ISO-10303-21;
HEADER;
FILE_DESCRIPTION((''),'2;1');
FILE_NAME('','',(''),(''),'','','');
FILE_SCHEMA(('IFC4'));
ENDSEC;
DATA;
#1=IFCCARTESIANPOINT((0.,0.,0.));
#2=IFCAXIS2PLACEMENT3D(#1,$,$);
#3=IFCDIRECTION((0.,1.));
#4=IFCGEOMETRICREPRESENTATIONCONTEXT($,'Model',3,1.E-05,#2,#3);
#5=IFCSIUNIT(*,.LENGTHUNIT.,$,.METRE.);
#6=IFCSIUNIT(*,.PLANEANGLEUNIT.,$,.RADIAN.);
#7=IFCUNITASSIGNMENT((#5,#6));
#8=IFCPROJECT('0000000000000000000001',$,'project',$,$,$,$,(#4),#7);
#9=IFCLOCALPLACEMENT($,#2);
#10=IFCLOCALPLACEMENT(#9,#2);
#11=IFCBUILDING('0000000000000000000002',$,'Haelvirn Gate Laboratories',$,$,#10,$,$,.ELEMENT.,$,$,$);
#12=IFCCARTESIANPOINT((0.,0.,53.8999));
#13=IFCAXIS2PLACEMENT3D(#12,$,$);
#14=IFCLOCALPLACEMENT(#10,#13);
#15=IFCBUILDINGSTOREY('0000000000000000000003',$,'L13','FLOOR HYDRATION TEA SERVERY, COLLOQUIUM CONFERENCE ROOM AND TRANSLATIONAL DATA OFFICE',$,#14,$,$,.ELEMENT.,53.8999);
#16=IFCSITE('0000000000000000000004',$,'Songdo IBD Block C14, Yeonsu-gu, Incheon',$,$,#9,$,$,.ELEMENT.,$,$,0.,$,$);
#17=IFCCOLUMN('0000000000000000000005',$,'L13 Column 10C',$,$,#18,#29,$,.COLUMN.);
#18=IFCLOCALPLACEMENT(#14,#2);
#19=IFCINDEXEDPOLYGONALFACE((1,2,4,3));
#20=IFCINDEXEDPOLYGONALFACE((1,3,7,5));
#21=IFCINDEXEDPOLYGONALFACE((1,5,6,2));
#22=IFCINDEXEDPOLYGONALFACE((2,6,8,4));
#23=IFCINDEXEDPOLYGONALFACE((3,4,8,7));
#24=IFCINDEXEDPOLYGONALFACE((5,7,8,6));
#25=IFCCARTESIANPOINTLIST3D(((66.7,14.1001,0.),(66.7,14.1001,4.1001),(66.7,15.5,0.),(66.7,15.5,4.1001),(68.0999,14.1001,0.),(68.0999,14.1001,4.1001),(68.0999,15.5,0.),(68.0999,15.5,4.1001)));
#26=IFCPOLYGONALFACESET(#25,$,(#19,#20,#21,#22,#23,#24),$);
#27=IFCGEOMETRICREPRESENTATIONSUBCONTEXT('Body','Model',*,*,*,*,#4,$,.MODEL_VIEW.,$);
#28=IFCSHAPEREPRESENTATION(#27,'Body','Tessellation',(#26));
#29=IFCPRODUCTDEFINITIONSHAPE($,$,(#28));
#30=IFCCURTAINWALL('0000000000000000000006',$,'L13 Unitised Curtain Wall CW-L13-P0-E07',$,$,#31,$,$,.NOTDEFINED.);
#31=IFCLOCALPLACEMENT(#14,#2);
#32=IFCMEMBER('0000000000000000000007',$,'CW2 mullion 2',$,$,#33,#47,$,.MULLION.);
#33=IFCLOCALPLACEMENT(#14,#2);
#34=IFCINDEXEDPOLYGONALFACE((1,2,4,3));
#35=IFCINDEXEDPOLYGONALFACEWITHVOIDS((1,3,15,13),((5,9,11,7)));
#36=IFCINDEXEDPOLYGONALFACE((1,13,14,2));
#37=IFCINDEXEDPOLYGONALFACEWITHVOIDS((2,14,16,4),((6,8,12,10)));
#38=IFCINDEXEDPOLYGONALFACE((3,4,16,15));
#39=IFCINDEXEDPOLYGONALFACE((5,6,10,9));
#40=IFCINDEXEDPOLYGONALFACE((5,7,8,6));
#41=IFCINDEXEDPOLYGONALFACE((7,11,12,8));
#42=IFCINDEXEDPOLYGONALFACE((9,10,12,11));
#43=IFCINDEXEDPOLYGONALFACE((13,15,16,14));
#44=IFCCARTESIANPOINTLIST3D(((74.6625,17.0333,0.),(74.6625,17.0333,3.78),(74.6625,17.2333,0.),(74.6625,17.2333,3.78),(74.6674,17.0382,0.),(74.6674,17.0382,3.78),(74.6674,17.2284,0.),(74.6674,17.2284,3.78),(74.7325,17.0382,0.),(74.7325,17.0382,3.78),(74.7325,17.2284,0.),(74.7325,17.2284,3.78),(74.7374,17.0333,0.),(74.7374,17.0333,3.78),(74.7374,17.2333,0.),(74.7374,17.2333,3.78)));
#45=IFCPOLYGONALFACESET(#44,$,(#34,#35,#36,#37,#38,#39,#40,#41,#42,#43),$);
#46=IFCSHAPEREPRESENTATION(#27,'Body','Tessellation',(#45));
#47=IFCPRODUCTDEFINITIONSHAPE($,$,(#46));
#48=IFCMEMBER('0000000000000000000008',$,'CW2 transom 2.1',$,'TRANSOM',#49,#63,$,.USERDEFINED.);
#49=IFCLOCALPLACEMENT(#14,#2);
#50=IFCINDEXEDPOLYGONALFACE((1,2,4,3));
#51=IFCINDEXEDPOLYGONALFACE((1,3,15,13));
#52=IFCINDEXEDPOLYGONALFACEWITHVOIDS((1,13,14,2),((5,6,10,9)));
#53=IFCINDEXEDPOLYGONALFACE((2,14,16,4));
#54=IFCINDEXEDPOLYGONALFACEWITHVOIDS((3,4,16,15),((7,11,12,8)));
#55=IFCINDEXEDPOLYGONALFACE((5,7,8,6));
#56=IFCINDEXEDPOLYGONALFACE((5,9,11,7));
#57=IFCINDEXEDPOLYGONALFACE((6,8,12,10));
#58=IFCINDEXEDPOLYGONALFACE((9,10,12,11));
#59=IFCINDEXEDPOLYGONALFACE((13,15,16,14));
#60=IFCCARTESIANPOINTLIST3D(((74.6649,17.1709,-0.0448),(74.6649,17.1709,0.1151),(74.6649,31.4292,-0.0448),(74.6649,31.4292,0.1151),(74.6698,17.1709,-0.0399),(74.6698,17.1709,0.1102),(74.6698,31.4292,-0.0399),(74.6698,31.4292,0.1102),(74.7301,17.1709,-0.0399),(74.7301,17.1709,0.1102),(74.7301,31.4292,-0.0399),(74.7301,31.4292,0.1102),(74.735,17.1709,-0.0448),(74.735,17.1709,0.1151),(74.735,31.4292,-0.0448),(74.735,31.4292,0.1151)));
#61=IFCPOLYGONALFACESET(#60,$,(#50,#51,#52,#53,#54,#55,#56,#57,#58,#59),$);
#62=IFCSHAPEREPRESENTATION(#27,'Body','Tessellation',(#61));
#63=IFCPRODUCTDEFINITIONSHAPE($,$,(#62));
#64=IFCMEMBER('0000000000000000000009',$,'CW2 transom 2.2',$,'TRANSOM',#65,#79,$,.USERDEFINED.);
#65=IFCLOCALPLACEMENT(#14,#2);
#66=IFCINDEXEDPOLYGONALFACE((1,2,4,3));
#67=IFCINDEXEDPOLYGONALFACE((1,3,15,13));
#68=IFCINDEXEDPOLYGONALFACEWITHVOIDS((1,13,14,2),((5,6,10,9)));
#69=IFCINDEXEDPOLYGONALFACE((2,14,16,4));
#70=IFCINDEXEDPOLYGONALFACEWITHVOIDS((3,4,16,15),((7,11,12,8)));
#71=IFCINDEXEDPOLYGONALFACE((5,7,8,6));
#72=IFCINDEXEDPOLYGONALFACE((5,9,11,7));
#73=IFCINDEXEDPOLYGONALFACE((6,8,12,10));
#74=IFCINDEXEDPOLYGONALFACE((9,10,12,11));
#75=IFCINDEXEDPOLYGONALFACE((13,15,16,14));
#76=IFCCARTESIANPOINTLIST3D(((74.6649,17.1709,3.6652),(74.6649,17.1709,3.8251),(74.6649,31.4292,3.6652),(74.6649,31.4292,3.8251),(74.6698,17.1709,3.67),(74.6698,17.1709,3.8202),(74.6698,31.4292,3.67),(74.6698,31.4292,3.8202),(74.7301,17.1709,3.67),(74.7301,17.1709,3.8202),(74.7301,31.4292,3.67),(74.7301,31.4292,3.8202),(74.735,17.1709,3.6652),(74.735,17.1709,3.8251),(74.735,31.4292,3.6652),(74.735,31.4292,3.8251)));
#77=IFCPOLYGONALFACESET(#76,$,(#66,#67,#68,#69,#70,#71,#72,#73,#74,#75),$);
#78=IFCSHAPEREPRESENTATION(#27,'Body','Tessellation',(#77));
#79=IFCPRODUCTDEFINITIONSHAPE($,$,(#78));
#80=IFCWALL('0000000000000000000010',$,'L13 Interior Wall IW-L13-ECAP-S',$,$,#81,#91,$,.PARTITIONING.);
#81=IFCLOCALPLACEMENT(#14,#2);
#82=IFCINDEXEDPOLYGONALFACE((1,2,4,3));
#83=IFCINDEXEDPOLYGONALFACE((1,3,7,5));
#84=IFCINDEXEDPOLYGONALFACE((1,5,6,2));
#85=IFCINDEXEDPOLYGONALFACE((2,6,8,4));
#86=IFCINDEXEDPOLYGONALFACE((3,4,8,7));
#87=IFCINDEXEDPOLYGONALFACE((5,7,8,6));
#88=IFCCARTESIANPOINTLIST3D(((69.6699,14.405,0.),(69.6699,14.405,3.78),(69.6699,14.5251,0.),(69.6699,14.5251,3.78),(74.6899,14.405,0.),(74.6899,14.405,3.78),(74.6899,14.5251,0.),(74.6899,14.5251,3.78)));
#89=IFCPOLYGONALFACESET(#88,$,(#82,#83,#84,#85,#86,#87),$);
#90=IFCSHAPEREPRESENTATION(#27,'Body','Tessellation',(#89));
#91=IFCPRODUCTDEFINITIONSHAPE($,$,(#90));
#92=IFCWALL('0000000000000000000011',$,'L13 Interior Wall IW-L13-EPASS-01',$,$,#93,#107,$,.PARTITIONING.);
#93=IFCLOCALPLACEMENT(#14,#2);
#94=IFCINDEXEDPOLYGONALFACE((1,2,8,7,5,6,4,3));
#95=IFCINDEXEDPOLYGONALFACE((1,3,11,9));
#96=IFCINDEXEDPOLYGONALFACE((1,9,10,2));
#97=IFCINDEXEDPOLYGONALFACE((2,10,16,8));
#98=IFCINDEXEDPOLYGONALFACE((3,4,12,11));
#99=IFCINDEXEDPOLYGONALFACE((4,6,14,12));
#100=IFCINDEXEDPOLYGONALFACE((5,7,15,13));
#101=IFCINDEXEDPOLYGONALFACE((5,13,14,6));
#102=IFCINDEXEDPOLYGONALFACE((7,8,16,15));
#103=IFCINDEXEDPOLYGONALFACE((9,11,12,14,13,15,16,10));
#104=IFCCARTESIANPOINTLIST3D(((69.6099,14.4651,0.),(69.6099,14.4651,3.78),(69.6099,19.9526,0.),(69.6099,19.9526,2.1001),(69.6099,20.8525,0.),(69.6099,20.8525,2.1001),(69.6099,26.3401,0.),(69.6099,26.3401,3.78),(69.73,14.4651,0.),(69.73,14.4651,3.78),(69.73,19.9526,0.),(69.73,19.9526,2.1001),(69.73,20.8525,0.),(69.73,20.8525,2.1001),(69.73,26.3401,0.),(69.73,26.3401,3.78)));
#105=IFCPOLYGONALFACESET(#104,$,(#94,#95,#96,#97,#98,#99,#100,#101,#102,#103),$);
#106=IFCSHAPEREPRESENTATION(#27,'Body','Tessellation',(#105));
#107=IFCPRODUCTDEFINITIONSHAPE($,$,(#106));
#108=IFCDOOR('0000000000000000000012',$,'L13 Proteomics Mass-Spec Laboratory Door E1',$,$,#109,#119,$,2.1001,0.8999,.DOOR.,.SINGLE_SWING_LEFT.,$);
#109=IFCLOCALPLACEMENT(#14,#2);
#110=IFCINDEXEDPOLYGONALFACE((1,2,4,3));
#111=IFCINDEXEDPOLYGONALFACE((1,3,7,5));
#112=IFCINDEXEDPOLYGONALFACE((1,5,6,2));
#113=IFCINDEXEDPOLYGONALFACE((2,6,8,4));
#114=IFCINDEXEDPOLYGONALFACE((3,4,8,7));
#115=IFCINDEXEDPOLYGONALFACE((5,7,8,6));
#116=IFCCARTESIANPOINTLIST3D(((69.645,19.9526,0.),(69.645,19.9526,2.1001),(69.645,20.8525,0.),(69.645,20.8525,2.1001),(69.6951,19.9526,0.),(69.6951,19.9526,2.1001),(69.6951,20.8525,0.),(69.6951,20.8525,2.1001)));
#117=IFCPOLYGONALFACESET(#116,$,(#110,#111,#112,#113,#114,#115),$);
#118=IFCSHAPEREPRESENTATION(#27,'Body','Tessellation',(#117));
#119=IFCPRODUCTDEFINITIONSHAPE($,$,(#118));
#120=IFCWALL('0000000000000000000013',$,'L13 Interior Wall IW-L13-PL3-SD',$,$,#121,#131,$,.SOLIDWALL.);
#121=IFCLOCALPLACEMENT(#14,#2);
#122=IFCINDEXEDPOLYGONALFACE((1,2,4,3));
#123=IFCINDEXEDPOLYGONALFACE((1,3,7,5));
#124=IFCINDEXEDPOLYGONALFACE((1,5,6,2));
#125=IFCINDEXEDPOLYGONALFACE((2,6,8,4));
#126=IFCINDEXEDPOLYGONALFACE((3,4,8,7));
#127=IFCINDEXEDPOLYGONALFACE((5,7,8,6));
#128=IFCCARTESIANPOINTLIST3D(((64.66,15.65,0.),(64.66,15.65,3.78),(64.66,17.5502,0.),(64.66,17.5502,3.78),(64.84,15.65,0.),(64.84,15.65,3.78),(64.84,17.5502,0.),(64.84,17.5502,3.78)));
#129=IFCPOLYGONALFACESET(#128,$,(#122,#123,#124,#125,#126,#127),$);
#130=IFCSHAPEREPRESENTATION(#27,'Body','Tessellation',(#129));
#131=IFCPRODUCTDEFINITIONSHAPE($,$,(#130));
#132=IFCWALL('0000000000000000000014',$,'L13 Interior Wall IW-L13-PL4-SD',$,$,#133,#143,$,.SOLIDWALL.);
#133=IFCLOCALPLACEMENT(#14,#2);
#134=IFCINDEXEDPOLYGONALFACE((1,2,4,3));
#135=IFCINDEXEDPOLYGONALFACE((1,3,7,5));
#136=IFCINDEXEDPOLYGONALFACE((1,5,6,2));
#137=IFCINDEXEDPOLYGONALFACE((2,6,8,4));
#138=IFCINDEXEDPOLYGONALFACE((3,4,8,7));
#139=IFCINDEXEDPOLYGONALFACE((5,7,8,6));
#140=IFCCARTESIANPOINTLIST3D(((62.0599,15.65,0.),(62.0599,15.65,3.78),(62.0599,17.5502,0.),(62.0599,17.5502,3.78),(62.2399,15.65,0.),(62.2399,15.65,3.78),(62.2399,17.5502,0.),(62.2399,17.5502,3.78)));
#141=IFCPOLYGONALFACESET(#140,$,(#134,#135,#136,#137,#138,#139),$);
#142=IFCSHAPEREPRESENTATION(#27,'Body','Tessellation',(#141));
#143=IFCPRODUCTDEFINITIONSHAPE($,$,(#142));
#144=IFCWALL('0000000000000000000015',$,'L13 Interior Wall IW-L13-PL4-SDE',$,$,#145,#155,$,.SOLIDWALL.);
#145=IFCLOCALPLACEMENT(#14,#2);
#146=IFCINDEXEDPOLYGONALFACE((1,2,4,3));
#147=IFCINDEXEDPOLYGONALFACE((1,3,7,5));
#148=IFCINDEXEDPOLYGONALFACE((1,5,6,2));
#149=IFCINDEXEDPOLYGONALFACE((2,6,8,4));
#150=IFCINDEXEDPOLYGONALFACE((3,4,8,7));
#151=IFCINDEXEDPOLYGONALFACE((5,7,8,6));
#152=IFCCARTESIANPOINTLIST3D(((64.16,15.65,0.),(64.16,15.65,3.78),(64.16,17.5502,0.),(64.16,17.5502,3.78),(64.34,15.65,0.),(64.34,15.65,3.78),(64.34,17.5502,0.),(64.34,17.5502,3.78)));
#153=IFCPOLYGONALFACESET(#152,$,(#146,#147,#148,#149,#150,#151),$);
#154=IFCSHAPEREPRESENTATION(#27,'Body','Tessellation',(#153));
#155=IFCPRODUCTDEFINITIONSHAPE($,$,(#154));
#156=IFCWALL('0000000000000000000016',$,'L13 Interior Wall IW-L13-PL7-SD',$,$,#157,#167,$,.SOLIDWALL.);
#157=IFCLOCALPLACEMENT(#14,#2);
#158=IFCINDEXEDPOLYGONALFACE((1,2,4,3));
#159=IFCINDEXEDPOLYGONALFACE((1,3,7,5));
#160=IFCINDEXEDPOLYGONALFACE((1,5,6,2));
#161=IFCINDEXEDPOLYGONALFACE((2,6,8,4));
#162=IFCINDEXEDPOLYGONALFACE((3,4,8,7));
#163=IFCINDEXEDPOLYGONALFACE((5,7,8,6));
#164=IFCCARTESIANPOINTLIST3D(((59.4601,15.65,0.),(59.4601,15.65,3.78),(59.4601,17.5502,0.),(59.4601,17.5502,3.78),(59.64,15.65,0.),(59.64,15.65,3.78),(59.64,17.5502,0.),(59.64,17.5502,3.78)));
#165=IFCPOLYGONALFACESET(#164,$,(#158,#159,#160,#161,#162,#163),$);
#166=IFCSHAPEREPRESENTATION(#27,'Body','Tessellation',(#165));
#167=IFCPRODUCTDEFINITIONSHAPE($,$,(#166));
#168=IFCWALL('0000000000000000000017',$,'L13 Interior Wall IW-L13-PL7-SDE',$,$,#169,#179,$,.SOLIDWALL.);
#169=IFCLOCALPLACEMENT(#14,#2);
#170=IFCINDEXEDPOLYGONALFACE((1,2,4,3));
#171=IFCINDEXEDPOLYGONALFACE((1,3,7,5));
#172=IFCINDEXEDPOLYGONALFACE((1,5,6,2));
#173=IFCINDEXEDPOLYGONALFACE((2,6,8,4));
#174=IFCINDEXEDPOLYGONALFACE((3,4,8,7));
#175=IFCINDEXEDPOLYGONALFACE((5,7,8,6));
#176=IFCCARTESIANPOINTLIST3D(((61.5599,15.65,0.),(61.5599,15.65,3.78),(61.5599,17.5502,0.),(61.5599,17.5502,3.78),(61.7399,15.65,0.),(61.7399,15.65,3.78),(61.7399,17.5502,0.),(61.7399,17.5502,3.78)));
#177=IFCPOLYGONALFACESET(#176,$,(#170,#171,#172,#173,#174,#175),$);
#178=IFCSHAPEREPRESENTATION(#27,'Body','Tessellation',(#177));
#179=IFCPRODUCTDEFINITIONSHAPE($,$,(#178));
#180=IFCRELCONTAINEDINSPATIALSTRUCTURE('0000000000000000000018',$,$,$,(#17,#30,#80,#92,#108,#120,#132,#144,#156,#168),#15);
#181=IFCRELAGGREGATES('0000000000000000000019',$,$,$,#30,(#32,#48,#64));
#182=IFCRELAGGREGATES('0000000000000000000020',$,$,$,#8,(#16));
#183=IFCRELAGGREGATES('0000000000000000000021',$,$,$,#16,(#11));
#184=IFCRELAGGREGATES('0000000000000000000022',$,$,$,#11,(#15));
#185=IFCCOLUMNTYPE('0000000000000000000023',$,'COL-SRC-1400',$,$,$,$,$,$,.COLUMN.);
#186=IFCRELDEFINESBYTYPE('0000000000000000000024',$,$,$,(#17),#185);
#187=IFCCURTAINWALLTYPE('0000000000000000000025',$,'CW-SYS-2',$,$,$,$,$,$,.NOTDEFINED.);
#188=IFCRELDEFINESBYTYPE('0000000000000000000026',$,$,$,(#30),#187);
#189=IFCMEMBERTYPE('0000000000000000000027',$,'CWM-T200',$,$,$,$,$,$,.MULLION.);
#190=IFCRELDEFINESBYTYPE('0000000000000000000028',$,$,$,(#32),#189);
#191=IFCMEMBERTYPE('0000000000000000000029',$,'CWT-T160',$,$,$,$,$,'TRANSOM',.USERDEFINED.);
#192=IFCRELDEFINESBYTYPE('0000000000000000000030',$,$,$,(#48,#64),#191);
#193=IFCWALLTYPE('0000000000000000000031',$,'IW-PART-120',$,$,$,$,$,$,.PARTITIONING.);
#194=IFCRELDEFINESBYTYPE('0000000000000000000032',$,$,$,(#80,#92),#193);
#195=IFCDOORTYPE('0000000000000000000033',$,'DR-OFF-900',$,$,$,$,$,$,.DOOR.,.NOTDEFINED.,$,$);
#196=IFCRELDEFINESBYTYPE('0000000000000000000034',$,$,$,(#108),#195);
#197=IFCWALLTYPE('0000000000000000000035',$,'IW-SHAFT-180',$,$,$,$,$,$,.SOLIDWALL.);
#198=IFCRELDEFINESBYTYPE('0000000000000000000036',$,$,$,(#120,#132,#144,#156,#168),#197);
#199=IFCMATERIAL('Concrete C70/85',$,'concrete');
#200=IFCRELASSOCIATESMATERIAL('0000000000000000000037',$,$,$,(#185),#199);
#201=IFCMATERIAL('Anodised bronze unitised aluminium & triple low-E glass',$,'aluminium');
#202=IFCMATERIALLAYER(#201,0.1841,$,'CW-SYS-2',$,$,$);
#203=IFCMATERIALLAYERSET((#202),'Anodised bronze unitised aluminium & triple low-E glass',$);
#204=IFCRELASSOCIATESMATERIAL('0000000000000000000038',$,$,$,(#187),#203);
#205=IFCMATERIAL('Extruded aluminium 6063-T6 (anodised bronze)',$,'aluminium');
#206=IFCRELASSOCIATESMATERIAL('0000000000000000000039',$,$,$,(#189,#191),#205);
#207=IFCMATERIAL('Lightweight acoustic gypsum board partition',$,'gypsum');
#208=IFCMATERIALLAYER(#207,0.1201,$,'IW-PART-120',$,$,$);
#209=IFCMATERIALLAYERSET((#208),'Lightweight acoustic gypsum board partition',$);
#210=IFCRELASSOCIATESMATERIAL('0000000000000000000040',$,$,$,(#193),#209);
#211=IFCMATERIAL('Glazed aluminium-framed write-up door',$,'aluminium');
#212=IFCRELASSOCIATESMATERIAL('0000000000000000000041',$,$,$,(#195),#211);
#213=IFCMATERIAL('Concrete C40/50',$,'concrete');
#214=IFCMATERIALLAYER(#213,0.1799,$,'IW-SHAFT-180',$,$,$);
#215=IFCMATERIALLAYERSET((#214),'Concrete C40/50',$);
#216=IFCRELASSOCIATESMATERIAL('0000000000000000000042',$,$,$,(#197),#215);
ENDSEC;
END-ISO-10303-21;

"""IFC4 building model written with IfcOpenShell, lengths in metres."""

from ifc_helpers import new_model, si_unit, direction, frame, frame_2d, origin, origin_2d, place, context, subcontext, project, spatial, rectangle, hollow_rectangle, extrude, source, transform, mapped, material, layer, layer_set, material_profile, profile_set, type_object, type_shapes, element, fill, aggregate, save


model = new_model("IFC4")

# Units and contexts
model_context = context("Model", 3, precision=1e-05, world=origin(), true_north=direction((0.0, 1.0)))
body_context = subcontext(model_context, "Body", "Model", "MODEL_VIEW")
ifc_project = project(units=[si_unit("LENGTHUNIT", "METRE"), si_unit("PLANEANGLEUNIT", "RADIAN")], contexts=[model_context])

# Site, building, storey
site_placement = place(None, origin())
site = spatial("IfcSite", under=ifc_project, at=site_placement, Name="Songdo IBD Block C14, Yeonsu-gu, Incheon", CompositionType="ELEMENT", RefElevation=0.0)
building_placement = place(site_placement, origin())
building = spatial("IfcBuilding", under=site, at=building_placement, Name="Haelvirn Gate Laboratories", CompositionType="ELEMENT")
storey_placement = place(building_placement, frame((0.0, 0.0, 53.8999)))
storey = spatial("IfcBuildingStorey", under=building, at=storey_placement, Name="L13", Description="FLOOR HYDRATION TEA SERVERY, COLLOQUIUM CONFERENCE ROOM AND TRANSLATIONAL DATA OFFICE", CompositionType="ELEMENT", Elevation=53.8999)

# Column
ifc_material_1 = material(Name="Concrete C70/85", Category="concrete")
ifc_material_profile_1 = material_profile(ifc_material_1, rectangle(XDim=1.3999, YDim=1.3999, at=origin_2d()), Name="SRC-1400x1400")
ifc_profile_set_1 = profile_set([ifc_material_profile_1], Name="Concrete C70/85")
column_type = type_object("IfcColumnType", Name="COL-SRC-1400", PredefinedType="COLUMN", material=ifc_profile_set_1)
shared_shape_1 = source(origin(), body_context, "Body", "SweptSolid", [
    extrude(rectangle(XDim=1.3999, YDim=1.3999, at=origin_2d()), origin(), (0.0, 0.0, 1.0), 4.1001),
])
type_shapes(column_type, [shared_shape_1])
column_placement = place(storey_placement, frame((67.3999, 14.8, 0.0), z_axis=(0.0, 0.0, 1.0), x_axis=(1.0, 0.0, 0.0)))
element("IfcColumn", 1, at=column_placement, inside=storey, type_object=column_type, Name="L13 Column 10C", PredefinedType="COLUMN", context=body_context, shape_type="MappedRepresentation", body=[
    mapped(shared_shape_1, transform((0.0, 0.0, 0.0), scale=1.0)),
])

# Curtain wall, members
ifc_material_2 = material(Name="Anodised bronze unitised aluminium & triple low-E glass", Category="aluminium")
ifc_layer_1 = layer(ifc_material_2, 0.1841, Name="CW-SYS-2")
ifc_layer_set_1 = layer_set([ifc_layer_1], Name="Anodised bronze unitised aluminium & triple low-E glass")
curtain_wall_type = type_object("IfcCurtainWallType", Name="CW-SYS-2", PredefinedType="NOTDEFINED", material=ifc_layer_set_1)
curtain_wall_placement = place(storey_placement, origin())
curtain_wall = element("IfcCurtainWall", 2, at=curtain_wall_placement, inside=storey, type_object=curtain_wall_type, Name="L13 Unitised Curtain Wall CW-L13-P0-E07", PredefinedType="NOTDEFINED")
ifc_material_3 = material(Name="Extruded aluminium 6063-T6 (anodised bronze)", Category="aluminium")
ifc_material_profile_2 = material_profile(ifc_material_3, hollow_rectangle(XDim=0.075, YDim=0.2, WallThickness=0.0049, at=origin_2d()), Name="CWM-200x75x5")
ifc_profile_set_2 = profile_set([ifc_material_profile_2], Name="Extruded aluminium 6063-T6 (anodised bronze)")
member_type_1 = type_object("IfcMemberType", Name="CWM-T200", PredefinedType="MULLION", material=ifc_profile_set_2)
shared_shape_2 = source(origin(), body_context, "Body", "SweptSolid", [
    extrude(hollow_rectangle(XDim=0.075, YDim=0.2, WallThickness=0.0049, at=origin_2d()), origin(), (0.0, 0.0, 1.0), 3.78),
])
type_shapes(member_type_1, [shared_shape_2])
member_1_placement = place(storey_placement, frame((74.7, 17.1333, 0.0), z_axis=(0.0, 0.0, 1.0), x_axis=(-1.0, 0.0, 0.0)))
member_1 = element("IfcMember", 3, at=member_1_placement, type_object=member_type_1, Name="CW2 mullion 2", PredefinedType="MULLION", context=body_context, shape_type="MappedRepresentation", body=[
    mapped(shared_shape_2, transform((0.0, 0.0, 0.0), scale=1.0)),
])
ifc_material_profile_3 = material_profile(ifc_material_3, hollow_rectangle(XDim=0.0701, YDim=0.1599, WallThickness=0.0049, at=origin_2d()), Name="CWT-160x70x5")
ifc_profile_set_3 = profile_set([ifc_material_profile_3], Name="Extruded aluminium 6063-T6 (anodised bronze)")
member_type_2 = type_object("IfcMemberType", Name="CWT-T160", ElementType="TRANSOM", PredefinedType="USERDEFINED", material=ifc_profile_set_3)
shared_shape_3 = source(origin(), body_context, "Body", "SweptSolid", [
    extrude(hollow_rectangle(XDim=0.0701, YDim=0.1599, WallThickness=0.0049, at=origin_2d()), origin(), (0.0, 0.0, 1.0), 14.2583),
])
type_shapes(member_type_2, [shared_shape_3])
member_2_placement = place(storey_placement, frame((74.7, 17.1709, 0.0352), z_axis=(0.0, 1.0, 0.0), x_axis=(-1.0, 0.0, 0.0)))
member_2 = element("IfcMember", 4, at=member_2_placement, type_object=member_type_2, Name="CW2 transom 2.1", ObjectType="TRANSOM", PredefinedType="USERDEFINED", context=body_context, shape_type="MappedRepresentation", body=[
    mapped(shared_shape_3, transform((0.0, 0.0, 0.0), scale=1.0)),
])
member_3_placement = place(storey_placement, frame((74.7, 17.1709, 3.7451), z_axis=(0.0, 1.0, 0.0), x_axis=(-1.0, 0.0, 0.0)))
member_3 = element("IfcMember", 5, at=member_3_placement, type_object=member_type_2, Name="CW2 transom 2.2", ObjectType="TRANSOM", PredefinedType="USERDEFINED", context=body_context, shape_type="MappedRepresentation", body=[
    mapped(shared_shape_3, transform((0.0, 0.0, 0.0), scale=1.0)),
])
aggregate(curtain_wall, [member_1, member_2, member_3])

# Wall
ifc_material_4 = material(Name="Lightweight acoustic gypsum board partition", Category="gypsum")
ifc_layer_2 = layer(ifc_material_4, 0.1201, Name="IW-PART-120")
ifc_layer_set_2 = layer_set([ifc_layer_2], Name="Lightweight acoustic gypsum board partition")
wall_type_1 = type_object("IfcWallType", Name="IW-PART-120", PredefinedType="PARTITIONING", material=ifc_layer_set_2)
wall_1_placement = place(storey_placement, frame((69.6699, 14.4651, 0.0), z_axis=(0.0, 0.0, 1.0), x_axis=(1.0, 0.0, 0.0)))
element("IfcWall", 6, at=wall_1_placement, inside=storey, type_object=wall_type_1, Name="L13 Interior Wall IW-L13-ECAP-S", PredefinedType="PARTITIONING", context=body_context, shape_type="SweptSolid", body=[
    extrude(rectangle(XDim=5.02, YDim=0.1201, at=frame_2d((2.51, 0.0))), origin(), (0.0, 0.0, 1.0), 3.78),
])

# Wall, opening, door
wall_2_placement = place(storey_placement, frame((69.6699, 14.4651, 0.0), z_axis=(0.0, 0.0, 1.0), x_axis=(0.0, 1.0, 0.0)))
wall_2 = element("IfcWall", 7, at=wall_2_placement, inside=storey, type_object=wall_type_1, Name="L13 Interior Wall IW-L13-EPASS-01", PredefinedType="PARTITIONING", context=body_context, shape_type="SweptSolid", body=[
    extrude(rectangle(XDim=11.875, YDim=0.1201, at=frame_2d((5.9375, 0.0))), origin(), (0.0, 0.0, 1.0), 3.78),
])
opening_1_placement = place(wall_2_placement, frame((5.4875, 0.0, 0.0)))
opening_1 = element("IfcOpeningElement", 8, at=opening_1_placement, cuts=wall_2, PredefinedType="OPENING", context=body_context, shape_type="SweptSolid", body=[
    extrude(rectangle(XDim=0.8999, YDim=2.1001, at=frame_2d((0.45, 1.05))), frame((0.0, 0.0701, 0.0), z_axis=(0.0, -1.0, 0.0), x_axis=(1.0, 0.0, 0.0)), (0.0, 0.0, 1.0), 0.1401),
])
ifc_material_5 = material(Name="Glazed aluminium-framed write-up door", Category="aluminium")
door_type_1 = type_object("IfcDoorType", Name="DR-OFF-900", OperationType="NOTDEFINED", PredefinedType="DOOR", material=ifc_material_5)
shared_shape_4 = source(origin(), body_context, "Body", "SweptSolid", [
    extrude(rectangle(XDim=0.8999, YDim=2.1001, at=frame_2d((0.45, 1.05))), frame((0.0, 0.0249, 0.0), z_axis=(0.0, -1.0, 0.0), x_axis=(1.0, 0.0, 0.0)), (0.0, 0.0, 1.0), 0.05),
])
type_shapes(door_type_1, [shared_shape_4])
door_1_placement = place(opening_1_placement, origin())
door_1 = element("IfcDoor", 9, at=door_1_placement, inside=storey, type_object=door_type_1, Name="L13 Proteomics Mass-Spec Laboratory Door E1", OperationType="SINGLE_SWING_LEFT", OverallHeight=2.1001, OverallWidth=0.8999, PredefinedType="DOOR", context=body_context, shape_type="MappedRepresentation", body=[
    mapped(shared_shape_4, transform((0.0, 0.0, 0.0), scale=1.0)),
])
fill(opening_1, door_1)

# Walls
ifc_material_6 = material(Name="Concrete C40/50", Category="concrete")
ifc_layer_3 = layer(ifc_material_6, 0.1799, Name="IW-SHAFT-180")
ifc_layer_set_3 = layer_set([ifc_layer_3], Name="Concrete C40/50")
wall_type_2 = type_object("IfcWallType", Name="IW-SHAFT-180", PredefinedType="SOLIDWALL", material=ifc_layer_set_3)
for number, where, z_axis, x_axis, name in (
    (10, (64.75, 15.6499, 0.0), (0.0, 0.0, 1.0), (0.0, 1.0, 0.0), "L13 Interior Wall IW-L13-PL3-SD"),
    (11, (62.1499, 15.6499, 0.0), (0.0, 0.0, 1.0), (0.0, 1.0, 0.0), "L13 Interior Wall IW-L13-PL4-SD"),
    (12, (64.25, 15.6499, 0.0), (0.0, 0.0, 1.0), (0.0, 1.0, 0.0), "L13 Interior Wall IW-L13-PL4-SDE"),
    (13, (59.55, 15.6499, 0.0), (0.0, 0.0, 1.0), (0.0, 1.0, 0.0), "L13 Interior Wall IW-L13-PL7-SD"),
    (14, (61.6499, 15.6499, 0.0), (0.0, 0.0, 1.0), (0.0, 1.0, 0.0), "L13 Interior Wall IW-L13-PL7-SDE"),
):
    element("IfcWall", number, at=place(storey_placement, frame(where, z_axis=z_axis, x_axis=x_axis)), inside=storey, type_object=wall_type_2, Name=name, PredefinedType="SOLIDWALL", context=body_context, shape_type="SweptSolid", body=[
        extrude(rectangle(XDim=1.9001, YDim=0.1799, at=frame_2d((0.9502, 0.0))), origin(), (0.0, 0.0, 1.0), 3.78),
    ])

save(model, "model.ifc")
